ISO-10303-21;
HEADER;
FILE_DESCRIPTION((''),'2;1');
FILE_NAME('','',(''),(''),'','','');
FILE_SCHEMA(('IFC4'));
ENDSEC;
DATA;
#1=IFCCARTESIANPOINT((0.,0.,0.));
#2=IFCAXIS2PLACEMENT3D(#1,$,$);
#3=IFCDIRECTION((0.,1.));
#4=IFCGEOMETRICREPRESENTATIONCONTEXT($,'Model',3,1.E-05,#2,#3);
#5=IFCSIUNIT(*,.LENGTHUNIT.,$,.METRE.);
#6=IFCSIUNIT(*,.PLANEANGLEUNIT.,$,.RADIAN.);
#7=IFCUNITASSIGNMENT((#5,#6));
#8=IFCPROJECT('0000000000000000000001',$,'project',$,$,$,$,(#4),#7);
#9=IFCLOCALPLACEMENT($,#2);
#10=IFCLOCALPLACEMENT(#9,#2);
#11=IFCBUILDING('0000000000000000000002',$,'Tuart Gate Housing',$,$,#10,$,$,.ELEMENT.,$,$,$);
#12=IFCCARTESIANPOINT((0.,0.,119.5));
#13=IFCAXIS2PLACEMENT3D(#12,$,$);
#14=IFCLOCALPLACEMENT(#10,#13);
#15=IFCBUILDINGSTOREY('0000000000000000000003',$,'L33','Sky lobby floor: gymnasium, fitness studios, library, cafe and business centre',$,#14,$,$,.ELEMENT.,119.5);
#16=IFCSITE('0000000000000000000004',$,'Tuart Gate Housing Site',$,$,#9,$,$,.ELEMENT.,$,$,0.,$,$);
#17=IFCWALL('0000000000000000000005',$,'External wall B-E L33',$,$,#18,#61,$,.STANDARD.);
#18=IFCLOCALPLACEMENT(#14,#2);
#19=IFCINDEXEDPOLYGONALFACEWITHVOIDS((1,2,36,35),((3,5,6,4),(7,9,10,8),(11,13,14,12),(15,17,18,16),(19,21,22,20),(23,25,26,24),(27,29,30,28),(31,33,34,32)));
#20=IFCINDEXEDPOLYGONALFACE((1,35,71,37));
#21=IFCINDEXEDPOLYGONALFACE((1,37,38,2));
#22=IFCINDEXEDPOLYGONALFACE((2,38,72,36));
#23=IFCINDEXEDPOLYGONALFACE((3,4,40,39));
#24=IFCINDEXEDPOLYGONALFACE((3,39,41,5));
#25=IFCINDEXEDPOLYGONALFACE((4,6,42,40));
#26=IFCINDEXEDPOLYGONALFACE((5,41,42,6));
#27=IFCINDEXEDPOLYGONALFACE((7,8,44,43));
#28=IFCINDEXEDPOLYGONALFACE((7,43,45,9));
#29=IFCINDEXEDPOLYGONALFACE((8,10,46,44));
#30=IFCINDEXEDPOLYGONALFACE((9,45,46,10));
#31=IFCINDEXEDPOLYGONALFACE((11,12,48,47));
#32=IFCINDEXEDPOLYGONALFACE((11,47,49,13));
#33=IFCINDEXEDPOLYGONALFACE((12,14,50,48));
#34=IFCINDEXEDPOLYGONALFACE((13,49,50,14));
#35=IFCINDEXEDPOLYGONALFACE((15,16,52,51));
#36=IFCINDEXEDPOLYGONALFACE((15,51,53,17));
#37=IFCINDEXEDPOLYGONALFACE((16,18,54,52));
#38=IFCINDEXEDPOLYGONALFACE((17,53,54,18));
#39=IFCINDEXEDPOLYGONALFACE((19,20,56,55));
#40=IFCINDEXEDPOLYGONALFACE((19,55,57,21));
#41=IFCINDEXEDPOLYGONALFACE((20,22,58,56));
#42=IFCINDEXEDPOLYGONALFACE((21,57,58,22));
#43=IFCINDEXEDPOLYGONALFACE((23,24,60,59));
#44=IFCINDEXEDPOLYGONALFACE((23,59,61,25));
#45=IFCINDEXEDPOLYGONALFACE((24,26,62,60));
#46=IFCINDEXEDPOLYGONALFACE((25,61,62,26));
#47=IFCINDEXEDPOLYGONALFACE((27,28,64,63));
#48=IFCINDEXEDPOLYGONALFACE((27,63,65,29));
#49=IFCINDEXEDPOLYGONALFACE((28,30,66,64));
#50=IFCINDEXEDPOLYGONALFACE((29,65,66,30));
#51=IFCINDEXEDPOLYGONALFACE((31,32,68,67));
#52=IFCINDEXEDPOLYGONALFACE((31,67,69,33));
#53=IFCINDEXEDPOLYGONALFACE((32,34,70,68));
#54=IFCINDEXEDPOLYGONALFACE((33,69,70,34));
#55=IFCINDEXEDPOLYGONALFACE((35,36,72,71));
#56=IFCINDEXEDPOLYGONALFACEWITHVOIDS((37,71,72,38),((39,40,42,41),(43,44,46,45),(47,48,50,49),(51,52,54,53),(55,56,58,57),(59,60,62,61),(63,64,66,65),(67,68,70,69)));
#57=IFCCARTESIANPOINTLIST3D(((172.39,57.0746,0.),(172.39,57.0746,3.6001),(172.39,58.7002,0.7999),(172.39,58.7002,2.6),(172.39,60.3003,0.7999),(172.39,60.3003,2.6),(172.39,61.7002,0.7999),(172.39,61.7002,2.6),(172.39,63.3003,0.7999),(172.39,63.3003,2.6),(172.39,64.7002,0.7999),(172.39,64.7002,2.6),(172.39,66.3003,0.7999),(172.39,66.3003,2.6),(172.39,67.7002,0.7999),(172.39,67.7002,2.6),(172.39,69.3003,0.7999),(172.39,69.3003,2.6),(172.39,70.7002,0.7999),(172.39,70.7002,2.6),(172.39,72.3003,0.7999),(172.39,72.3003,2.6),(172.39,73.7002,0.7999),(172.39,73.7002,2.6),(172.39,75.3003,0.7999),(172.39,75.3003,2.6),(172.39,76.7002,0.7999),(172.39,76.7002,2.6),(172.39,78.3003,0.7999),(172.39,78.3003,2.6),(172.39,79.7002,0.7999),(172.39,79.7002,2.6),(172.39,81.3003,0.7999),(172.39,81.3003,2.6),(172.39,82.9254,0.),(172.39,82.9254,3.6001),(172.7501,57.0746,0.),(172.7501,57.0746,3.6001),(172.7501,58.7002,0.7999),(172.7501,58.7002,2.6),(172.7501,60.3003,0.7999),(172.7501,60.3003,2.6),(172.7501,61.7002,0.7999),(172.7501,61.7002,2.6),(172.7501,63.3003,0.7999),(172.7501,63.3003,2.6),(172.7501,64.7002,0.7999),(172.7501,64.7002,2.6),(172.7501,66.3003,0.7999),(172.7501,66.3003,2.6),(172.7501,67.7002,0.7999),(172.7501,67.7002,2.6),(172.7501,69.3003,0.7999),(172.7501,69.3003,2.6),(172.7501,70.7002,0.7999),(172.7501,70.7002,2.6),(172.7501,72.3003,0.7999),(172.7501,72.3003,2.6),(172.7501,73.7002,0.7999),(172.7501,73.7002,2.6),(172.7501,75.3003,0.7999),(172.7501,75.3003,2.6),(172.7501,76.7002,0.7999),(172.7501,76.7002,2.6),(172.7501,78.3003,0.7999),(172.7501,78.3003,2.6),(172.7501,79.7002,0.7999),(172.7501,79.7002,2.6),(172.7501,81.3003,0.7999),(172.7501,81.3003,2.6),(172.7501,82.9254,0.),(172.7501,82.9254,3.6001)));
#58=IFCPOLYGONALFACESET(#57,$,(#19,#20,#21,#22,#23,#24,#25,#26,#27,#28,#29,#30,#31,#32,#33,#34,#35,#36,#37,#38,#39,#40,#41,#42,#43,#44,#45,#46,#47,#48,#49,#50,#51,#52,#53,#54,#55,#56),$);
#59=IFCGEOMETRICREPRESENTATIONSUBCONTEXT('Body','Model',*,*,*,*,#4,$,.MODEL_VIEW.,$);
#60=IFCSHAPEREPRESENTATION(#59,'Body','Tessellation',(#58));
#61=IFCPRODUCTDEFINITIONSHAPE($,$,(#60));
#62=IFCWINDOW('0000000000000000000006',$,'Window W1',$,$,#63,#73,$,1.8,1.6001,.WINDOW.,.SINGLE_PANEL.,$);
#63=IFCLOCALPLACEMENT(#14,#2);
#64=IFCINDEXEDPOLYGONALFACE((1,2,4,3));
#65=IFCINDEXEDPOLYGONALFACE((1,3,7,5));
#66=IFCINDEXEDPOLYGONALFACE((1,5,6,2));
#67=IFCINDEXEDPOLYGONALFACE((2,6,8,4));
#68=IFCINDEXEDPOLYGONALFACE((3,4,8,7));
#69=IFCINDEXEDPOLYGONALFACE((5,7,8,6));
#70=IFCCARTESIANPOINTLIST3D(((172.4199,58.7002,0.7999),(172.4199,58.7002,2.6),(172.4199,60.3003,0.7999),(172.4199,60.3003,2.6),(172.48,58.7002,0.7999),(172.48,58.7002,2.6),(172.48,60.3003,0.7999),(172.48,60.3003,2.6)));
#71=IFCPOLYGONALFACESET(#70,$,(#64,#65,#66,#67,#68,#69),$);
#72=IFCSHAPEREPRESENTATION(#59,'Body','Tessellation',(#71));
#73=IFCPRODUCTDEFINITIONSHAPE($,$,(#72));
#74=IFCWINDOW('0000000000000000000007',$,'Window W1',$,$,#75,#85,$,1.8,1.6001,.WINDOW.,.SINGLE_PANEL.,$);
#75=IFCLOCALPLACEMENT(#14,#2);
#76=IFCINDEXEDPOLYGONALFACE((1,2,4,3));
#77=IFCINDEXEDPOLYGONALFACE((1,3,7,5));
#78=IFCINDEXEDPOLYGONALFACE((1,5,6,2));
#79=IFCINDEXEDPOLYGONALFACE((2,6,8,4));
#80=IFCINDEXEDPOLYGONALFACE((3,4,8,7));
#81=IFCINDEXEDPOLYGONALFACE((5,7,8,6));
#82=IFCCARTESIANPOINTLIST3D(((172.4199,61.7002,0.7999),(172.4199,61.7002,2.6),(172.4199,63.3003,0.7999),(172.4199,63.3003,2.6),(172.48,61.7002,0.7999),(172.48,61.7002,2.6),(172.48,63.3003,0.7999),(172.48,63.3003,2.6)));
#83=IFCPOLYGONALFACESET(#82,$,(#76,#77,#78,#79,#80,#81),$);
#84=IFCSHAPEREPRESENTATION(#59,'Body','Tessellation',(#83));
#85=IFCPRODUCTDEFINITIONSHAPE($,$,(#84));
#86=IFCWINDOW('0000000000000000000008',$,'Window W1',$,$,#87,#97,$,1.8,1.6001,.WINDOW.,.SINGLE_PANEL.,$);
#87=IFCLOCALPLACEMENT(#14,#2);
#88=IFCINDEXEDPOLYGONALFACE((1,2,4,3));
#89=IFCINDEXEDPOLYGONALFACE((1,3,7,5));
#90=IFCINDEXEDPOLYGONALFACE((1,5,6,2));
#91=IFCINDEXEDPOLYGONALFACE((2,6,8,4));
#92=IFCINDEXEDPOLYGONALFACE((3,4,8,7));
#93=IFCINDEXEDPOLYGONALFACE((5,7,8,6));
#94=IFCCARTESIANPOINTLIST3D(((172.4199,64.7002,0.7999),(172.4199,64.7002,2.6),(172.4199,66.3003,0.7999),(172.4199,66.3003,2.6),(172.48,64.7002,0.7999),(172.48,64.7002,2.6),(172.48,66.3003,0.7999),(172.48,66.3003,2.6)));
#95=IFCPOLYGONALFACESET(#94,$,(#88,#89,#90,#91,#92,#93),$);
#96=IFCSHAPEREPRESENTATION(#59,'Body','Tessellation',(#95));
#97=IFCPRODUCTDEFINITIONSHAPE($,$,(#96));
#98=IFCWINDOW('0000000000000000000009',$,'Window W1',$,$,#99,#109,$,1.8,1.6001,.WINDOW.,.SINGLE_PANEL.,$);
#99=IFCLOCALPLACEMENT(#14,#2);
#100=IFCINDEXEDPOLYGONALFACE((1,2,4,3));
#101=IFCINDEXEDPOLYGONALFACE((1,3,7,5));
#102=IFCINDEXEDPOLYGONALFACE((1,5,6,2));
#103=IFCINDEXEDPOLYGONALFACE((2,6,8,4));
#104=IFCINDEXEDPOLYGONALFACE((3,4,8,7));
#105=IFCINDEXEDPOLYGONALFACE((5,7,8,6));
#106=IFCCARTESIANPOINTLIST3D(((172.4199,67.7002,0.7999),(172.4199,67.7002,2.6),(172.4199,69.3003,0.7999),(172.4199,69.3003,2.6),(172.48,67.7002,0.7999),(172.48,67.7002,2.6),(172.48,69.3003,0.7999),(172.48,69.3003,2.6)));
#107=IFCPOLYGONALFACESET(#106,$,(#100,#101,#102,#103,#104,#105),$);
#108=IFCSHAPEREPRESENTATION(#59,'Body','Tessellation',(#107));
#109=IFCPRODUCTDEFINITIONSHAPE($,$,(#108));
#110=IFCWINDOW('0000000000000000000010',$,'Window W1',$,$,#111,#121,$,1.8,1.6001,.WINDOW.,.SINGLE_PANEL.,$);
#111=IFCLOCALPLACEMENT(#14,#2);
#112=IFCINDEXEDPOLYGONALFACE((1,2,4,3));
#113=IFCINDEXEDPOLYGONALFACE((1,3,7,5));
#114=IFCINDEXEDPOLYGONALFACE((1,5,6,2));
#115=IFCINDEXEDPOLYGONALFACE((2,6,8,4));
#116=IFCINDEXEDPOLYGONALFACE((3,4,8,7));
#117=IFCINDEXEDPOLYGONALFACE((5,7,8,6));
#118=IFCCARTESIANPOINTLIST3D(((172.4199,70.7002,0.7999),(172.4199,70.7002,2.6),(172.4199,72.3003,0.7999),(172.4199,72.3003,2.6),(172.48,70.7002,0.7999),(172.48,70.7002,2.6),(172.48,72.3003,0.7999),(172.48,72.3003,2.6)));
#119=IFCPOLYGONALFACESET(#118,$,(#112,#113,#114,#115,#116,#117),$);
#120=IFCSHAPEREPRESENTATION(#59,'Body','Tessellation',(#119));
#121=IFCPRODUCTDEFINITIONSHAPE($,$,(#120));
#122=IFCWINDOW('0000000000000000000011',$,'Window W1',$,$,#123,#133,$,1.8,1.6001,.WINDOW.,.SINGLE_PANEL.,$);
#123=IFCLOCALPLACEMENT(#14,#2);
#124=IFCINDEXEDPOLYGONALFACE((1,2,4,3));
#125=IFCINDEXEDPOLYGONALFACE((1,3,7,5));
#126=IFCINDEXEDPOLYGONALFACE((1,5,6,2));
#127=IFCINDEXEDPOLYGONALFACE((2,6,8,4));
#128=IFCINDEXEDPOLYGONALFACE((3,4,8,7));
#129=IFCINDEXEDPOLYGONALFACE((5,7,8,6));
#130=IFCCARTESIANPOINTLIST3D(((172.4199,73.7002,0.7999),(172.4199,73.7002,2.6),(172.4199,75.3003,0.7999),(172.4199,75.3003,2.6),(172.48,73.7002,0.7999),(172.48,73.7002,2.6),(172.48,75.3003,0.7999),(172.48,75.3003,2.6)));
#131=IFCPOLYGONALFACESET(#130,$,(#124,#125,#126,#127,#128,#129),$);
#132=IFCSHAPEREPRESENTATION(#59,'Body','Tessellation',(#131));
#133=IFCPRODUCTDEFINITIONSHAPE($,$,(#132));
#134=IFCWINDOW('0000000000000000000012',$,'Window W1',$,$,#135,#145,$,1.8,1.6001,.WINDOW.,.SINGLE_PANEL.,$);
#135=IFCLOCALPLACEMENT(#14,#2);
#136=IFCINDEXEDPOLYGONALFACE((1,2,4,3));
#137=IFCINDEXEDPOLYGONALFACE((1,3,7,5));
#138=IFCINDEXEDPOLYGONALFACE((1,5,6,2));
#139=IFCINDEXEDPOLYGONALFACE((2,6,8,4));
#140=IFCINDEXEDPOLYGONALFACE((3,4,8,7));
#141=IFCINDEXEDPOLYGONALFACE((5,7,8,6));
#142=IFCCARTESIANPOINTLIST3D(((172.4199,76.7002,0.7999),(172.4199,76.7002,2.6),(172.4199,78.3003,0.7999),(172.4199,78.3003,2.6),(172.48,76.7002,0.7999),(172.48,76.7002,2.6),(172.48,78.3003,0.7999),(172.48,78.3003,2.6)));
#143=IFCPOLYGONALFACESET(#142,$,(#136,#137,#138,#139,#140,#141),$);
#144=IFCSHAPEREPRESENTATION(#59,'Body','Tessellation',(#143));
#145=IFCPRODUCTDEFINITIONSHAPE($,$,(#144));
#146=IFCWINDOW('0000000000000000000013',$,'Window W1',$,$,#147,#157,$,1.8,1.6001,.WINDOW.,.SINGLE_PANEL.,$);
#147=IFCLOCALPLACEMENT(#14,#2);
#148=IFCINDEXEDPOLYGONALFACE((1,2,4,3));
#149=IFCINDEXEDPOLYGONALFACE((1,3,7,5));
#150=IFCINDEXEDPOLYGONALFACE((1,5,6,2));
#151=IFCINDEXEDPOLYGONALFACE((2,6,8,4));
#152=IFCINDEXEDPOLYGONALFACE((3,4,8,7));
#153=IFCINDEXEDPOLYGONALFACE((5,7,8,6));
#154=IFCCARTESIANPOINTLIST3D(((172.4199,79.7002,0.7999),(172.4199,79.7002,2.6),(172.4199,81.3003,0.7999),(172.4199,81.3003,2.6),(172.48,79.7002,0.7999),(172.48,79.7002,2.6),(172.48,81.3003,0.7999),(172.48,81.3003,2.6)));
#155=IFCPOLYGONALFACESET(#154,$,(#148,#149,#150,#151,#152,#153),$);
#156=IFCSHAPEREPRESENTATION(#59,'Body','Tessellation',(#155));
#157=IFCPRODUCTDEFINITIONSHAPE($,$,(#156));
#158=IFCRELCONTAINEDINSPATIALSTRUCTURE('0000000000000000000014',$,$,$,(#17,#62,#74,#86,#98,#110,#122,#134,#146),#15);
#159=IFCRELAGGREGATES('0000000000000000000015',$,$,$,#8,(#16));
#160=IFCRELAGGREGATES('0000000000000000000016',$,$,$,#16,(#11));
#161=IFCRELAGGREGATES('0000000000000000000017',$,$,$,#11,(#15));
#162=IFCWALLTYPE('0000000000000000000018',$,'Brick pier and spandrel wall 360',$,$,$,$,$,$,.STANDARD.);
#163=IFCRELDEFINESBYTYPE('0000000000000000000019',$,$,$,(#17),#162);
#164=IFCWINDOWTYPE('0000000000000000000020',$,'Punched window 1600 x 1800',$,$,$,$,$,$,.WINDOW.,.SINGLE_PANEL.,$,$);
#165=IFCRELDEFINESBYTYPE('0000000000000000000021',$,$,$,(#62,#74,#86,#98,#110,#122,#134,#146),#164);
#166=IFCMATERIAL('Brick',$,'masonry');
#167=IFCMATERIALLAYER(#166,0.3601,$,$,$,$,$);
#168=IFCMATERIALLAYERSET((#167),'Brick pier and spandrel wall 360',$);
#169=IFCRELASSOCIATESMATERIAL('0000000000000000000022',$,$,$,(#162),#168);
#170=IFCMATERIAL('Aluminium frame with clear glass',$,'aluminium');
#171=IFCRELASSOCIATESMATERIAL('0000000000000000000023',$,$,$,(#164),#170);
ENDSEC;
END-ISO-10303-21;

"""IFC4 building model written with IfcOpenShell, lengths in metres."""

from ifc_helpers import new_model, si_unit, direction, frame, frame_2d, origin, place, context, subcontext, project, spatial, rectangle, extrude, material, layer, layer_set, type_object, element, fill, save


model = new_model("IFC4")

# Units and contexts
model_context = context("Model", 3, precision=1e-05, world=origin(), true_north=direction((0.0, 1.0)))
body_context = subcontext(model_context, "Body", "Model", "MODEL_VIEW")
ifc_project = project(units=[si_unit("LENGTHUNIT", "METRE"), si_unit("PLANEANGLEUNIT", "RADIAN")], contexts=[model_context])

# Site, building, storey
site_placement = place(None, origin())
site = spatial("IfcSite", under=ifc_project, at=site_placement, Name="Tuart Gate Housing Site", CompositionType="ELEMENT", RefElevation=0.0)
building_placement = place(site_placement, origin())
building = spatial("IfcBuilding", under=site, at=building_placement, Name="Tuart Gate Housing", CompositionType="ELEMENT")
storey_placement = place(building_placement, frame((0.0, 0.0, 119.5)))
storey = spatial("IfcBuildingStorey", under=building, at=storey_placement, Name="L33", Description="Sky lobby floor: gymnasium, fitness studios, library, cafe and business centre", CompositionType="ELEMENT", Elevation=119.5)

# Shared definitions
ifc_material_1 = material(Name="Brick", Category="masonry")
ifc_layer_1 = layer(ifc_material_1, 0.3601)
ifc_layer_set_1 = layer_set([ifc_layer_1], Name="Brick pier and spandrel wall 360")
wall_type_1 = type_object("IfcWallType", Name="Brick pier and spandrel wall 360", PredefinedType="STANDARD", material=ifc_layer_set_1)

# Wall, openings, windows
wall_1_placement = place(storey_placement, frame((172.5701, 57.0747, 0.0), z_axis=(0.0, 0.0, 1.0), x_axis=(0.0, 1.0, 0.0)))
wall_1 = element("IfcWall", 1, at=wall_1_placement, inside=storey, type_object=wall_type_1, Name="External wall B-E L33", PredefinedType="STANDARD", context=body_context, shape_type="SweptSolid", body=[
    extrude(rectangle(XDim=25.8508, YDim=0.3601, at=frame_2d((12.9253, 0.0))), origin(), (0.0, 0.0, 1.0), 3.6001),
])
opening_1_placement = place(wall_1_placement, frame((1.6255, 0.0, 0.8)))
opening_1 = element("IfcOpeningElement", 2, at=opening_1_placement, cuts=wall_1, PredefinedType="OPENING", context=body_context, shape_type="SweptSolid", body=[
    extrude(rectangle(XDim=1.6001, YDim=1.8, at=frame_2d((0.8, 0.8999))), frame((0.0, 0.1899, 0.0), z_axis=(0.0, -1.0, 0.0), x_axis=(1.0, 0.0, 0.0)), (0.0, 0.0, 1.0), 0.3801),
])
opening_2_placement = place(wall_1_placement, frame((4.6255, 0.0, 0.8)))
opening_2 = element("IfcOpeningElement", 3, at=opening_2_placement, cuts=wall_1, PredefinedType="OPENING", context=body_context, shape_type="SweptSolid", body=[
    extrude(rectangle(XDim=1.6001, YDim=1.8, at=frame_2d((0.8, 0.8999))), frame((0.0, 0.1899, 0.0), z_axis=(0.0, -1.0, 0.0), x_axis=(1.0, 0.0, 0.0)), (0.0, 0.0, 1.0), 0.3801),
])
opening_3_placement = place(wall_1_placement, frame((7.6255, 0.0, 0.8)))
opening_3 = element("IfcOpeningElement", 4, at=opening_3_placement, cuts=wall_1, PredefinedType="OPENING", context=body_context, shape_type="SweptSolid", body=[
    extrude(rectangle(XDim=1.6001, YDim=1.8, at=frame_2d((0.8, 0.8999))), frame((0.0, 0.1899, 0.0), z_axis=(0.0, -1.0, 0.0), x_axis=(1.0, 0.0, 0.0)), (0.0, 0.0, 1.0), 0.3801),
])
opening_4_placement = place(wall_1_placement, frame((10.6255, 0.0, 0.8)))
opening_4 = element("IfcOpeningElement", 5, at=opening_4_placement, cuts=wall_1, PredefinedType="OPENING", context=body_context, shape_type="SweptSolid", body=[
    extrude(rectangle(XDim=1.6001, YDim=1.8, at=frame_2d((0.8, 0.8999))), frame((0.0, 0.1899, 0.0), z_axis=(0.0, -1.0, 0.0), x_axis=(1.0, 0.0, 0.0)), (0.0, 0.0, 1.0), 0.3801),
])
opening_5_placement = place(wall_1_placement, frame((13.6255, 0.0, 0.8)))
opening_5 = element("IfcOpeningElement", 6, at=opening_5_placement, cuts=wall_1, PredefinedType="OPENING", context=body_context, shape_type="SweptSolid", body=[
    extrude(rectangle(XDim=1.6001, YDim=1.8, at=frame_2d((0.8, 0.8999))), frame((0.0, 0.1899, 0.0), z_axis=(0.0, -1.0, 0.0), x_axis=(1.0, 0.0, 0.0)), (0.0, 0.0, 1.0), 0.3801),
])
opening_6_placement = place(wall_1_placement, frame((16.6255, 0.0, 0.8)))
opening_6 = element("IfcOpeningElement", 7, at=opening_6_placement, cuts=wall_1, PredefinedType="OPENING", context=body_context, shape_type="SweptSolid", body=[
    extrude(rectangle(XDim=1.6001, YDim=1.8, at=frame_2d((0.8, 0.8999))), frame((0.0, 0.1899, 0.0), z_axis=(0.0, -1.0, 0.0), x_axis=(1.0, 0.0, 0.0)), (0.0, 0.0, 1.0), 0.3801),
])
opening_7_placement = place(wall_1_placement, frame((19.6255, 0.0, 0.8)))
opening_7 = element("IfcOpeningElement", 8, at=opening_7_placement, cuts=wall_1, PredefinedType="OPENING", context=body_context, shape_type="SweptSolid", body=[
    extrude(rectangle(XDim=1.6001, YDim=1.8, at=frame_2d((0.8, 0.8999))), frame((0.0, 0.1899, 0.0), z_axis=(0.0, -1.0, 0.0), x_axis=(1.0, 0.0, 0.0)), (0.0, 0.0, 1.0), 0.3801),
])
opening_8_placement = place(wall_1_placement, frame((22.6255, 0.0, 0.8)))
opening_8 = element("IfcOpeningElement", 9, at=opening_8_placement, cuts=wall_1, PredefinedType="OPENING", context=body_context, shape_type="SweptSolid", body=[
    extrude(rectangle(XDim=1.6001, YDim=1.8, at=frame_2d((0.8, 0.8999))), frame((0.0, 0.1899, 0.0), z_axis=(0.0, -1.0, 0.0), x_axis=(1.0, 0.0, 0.0)), (0.0, 0.0, 1.0), 0.3801),
])
ifc_material_2 = material(Name="Aluminium frame with clear glass", Category="aluminium")
window_type = type_object("IfcWindowType", Name="Punched window 1600 x 1800", PartitioningType="SINGLE_PANEL", PredefinedType="WINDOW", material=ifc_material_2)
window_1_placement = place(opening_1_placement, origin())
window_1 = element("IfcWindow", 10, at=window_1_placement, inside=storey, type_object=window_type, Name="Window W1", OverallHeight=1.8, OverallWidth=1.6001, PartitioningType="SINGLE_PANEL", PredefinedType="WINDOW", context=body_context, shape_type="SweptSolid", body=[
    extrude(rectangle(XDim=1.6001, YDim=1.8, at=frame_2d((0.8, 0.8999))), frame((0.0, 0.1501, 0.0), z_axis=(0.0, -1.0, 0.0), x_axis=(1.0, 0.0, 0.0)), (0.0, 0.0, 1.0), 0.0601),
])
fill(opening_1, window_1)
window_2_placement = place(opening_2_placement, origin())
window_2 = element("IfcWindow", 11, at=window_2_placement, inside=storey, type_object=window_type, Name="Window W1", OverallHeight=1.8, OverallWidth=1.6001, PartitioningType="SINGLE_PANEL", PredefinedType="WINDOW", context=body_context, shape_type="SweptSolid", body=[
    extrude(rectangle(XDim=1.6001, YDim=1.8, at=frame_2d((0.8, 0.8999))), frame((0.0, 0.1501, 0.0), z_axis=(0.0, -1.0, 0.0), x_axis=(1.0, 0.0, 0.0)), (0.0, 0.0, 1.0), 0.0601),
])
fill(opening_2, window_2)
window_3_placement = place(opening_3_placement, origin())
window_3 = element("IfcWindow", 12, at=window_3_placement, inside=storey, type_object=window_type, Name="Window W1", OverallHeight=1.8, OverallWidth=1.6001, PartitioningType="SINGLE_PANEL", PredefinedType="WINDOW", context=body_context, shape_type="SweptSolid", body=[
    extrude(rectangle(XDim=1.6001, YDim=1.8, at=frame_2d((0.8, 0.8999))), frame((0.0, 0.1501, 0.0), z_axis=(0.0, -1.0, 0.0), x_axis=(1.0, 0.0, 0.0)), (0.0, 0.0, 1.0), 0.0601),
])
fill(opening_3, window_3)
window_4_placement = place(opening_4_placement, origin())
window_4 = element("IfcWindow", 13, at=window_4_placement, inside=storey, type_object=window_type, Name="Window W1", OverallHeight=1.8, OverallWidth=1.6001, PartitioningType="SINGLE_PANEL", PredefinedType="WINDOW", context=body_context, shape_type="SweptSolid", body=[
    extrude(rectangle(XDim=1.6001, YDim=1.8, at=frame_2d((0.8, 0.8999))), frame((0.0, 0.1501, 0.0), z_axis=(0.0, -1.0, 0.0), x_axis=(1.0, 0.0, 0.0)), (0.0, 0.0, 1.0), 0.0601),
])
fill(opening_4, window_4)
window_5_placement = place(opening_5_placement, origin())
window_5 = element("IfcWindow", 14, at=window_5_placement, inside=storey, type_object=window_type, Name="Window W1", OverallHeight=1.8, OverallWidth=1.6001, PartitioningType="SINGLE_PANEL", PredefinedType="WINDOW", context=body_context, shape_type="SweptSolid", body=[
    extrude(rectangle(XDim=1.6001, YDim=1.8, at=frame_2d((0.8, 0.8999))), frame((0.0, 0.1501, 0.0), z_axis=(0.0, -1.0, 0.0), x_axis=(1.0, 0.0, 0.0)), (0.0, 0.0, 1.0), 0.0601),
])
fill(opening_5, window_5)
window_6_placement = place(opening_6_placement, origin())
window_6 = element("IfcWindow", 15, at=window_6_placement, inside=storey, type_object=window_type, Name="Window W1", OverallHeight=1.8, OverallWidth=1.6001, PartitioningType="SINGLE_PANEL", PredefinedType="WINDOW", context=body_context, shape_type="SweptSolid", body=[
    extrude(rectangle(XDim=1.6001, YDim=1.8, at=frame_2d((0.8, 0.8999))), frame((0.0, 0.1501, 0.0), z_axis=(0.0, -1.0, 0.0), x_axis=(1.0, 0.0, 0.0)), (0.0, 0.0, 1.0), 0.0601),
])
fill(opening_6, window_6)
window_7_placement = place(opening_7_placement, origin())
window_7 = element("IfcWindow", 16, at=window_7_placement, inside=storey, type_object=window_type, Name="Window W1", OverallHeight=1.8, OverallWidth=1.6001, PartitioningType="SINGLE_PANEL", PredefinedType="WINDOW", context=body_context, shape_type="SweptSolid", body=[
    extrude(rectangle(XDim=1.6001, YDim=1.8, at=frame_2d((0.8, 0.8999))), frame((0.0, 0.1501, 0.0), z_axis=(0.0, -1.0, 0.0), x_axis=(1.0, 0.0, 0.0)), (0.0, 0.0, 1.0), 0.0601),
])
fill(opening_7, window_7)
window_8_placement = place(opening_8_placement, origin())
window_8 = element("IfcWindow", 17, at=window_8_placement, inside=storey, type_object=window_type, Name="Window W1", OverallHeight=1.8, OverallWidth=1.6001, PartitioningType="SINGLE_PANEL", PredefinedType="WINDOW", context=body_context, shape_type="SweptSolid", body=[
    extrude(rectangle(XDim=1.6001, YDim=1.8, at=frame_2d((0.8, 0.8999))), frame((0.0, 0.1501, 0.0), z_axis=(0.0, -1.0, 0.0), x_axis=(1.0, 0.0, 0.0)), (0.0, 0.0, 1.0), 0.0601),
])
fill(opening_8, window_8)

save(model, "model.ifc")
